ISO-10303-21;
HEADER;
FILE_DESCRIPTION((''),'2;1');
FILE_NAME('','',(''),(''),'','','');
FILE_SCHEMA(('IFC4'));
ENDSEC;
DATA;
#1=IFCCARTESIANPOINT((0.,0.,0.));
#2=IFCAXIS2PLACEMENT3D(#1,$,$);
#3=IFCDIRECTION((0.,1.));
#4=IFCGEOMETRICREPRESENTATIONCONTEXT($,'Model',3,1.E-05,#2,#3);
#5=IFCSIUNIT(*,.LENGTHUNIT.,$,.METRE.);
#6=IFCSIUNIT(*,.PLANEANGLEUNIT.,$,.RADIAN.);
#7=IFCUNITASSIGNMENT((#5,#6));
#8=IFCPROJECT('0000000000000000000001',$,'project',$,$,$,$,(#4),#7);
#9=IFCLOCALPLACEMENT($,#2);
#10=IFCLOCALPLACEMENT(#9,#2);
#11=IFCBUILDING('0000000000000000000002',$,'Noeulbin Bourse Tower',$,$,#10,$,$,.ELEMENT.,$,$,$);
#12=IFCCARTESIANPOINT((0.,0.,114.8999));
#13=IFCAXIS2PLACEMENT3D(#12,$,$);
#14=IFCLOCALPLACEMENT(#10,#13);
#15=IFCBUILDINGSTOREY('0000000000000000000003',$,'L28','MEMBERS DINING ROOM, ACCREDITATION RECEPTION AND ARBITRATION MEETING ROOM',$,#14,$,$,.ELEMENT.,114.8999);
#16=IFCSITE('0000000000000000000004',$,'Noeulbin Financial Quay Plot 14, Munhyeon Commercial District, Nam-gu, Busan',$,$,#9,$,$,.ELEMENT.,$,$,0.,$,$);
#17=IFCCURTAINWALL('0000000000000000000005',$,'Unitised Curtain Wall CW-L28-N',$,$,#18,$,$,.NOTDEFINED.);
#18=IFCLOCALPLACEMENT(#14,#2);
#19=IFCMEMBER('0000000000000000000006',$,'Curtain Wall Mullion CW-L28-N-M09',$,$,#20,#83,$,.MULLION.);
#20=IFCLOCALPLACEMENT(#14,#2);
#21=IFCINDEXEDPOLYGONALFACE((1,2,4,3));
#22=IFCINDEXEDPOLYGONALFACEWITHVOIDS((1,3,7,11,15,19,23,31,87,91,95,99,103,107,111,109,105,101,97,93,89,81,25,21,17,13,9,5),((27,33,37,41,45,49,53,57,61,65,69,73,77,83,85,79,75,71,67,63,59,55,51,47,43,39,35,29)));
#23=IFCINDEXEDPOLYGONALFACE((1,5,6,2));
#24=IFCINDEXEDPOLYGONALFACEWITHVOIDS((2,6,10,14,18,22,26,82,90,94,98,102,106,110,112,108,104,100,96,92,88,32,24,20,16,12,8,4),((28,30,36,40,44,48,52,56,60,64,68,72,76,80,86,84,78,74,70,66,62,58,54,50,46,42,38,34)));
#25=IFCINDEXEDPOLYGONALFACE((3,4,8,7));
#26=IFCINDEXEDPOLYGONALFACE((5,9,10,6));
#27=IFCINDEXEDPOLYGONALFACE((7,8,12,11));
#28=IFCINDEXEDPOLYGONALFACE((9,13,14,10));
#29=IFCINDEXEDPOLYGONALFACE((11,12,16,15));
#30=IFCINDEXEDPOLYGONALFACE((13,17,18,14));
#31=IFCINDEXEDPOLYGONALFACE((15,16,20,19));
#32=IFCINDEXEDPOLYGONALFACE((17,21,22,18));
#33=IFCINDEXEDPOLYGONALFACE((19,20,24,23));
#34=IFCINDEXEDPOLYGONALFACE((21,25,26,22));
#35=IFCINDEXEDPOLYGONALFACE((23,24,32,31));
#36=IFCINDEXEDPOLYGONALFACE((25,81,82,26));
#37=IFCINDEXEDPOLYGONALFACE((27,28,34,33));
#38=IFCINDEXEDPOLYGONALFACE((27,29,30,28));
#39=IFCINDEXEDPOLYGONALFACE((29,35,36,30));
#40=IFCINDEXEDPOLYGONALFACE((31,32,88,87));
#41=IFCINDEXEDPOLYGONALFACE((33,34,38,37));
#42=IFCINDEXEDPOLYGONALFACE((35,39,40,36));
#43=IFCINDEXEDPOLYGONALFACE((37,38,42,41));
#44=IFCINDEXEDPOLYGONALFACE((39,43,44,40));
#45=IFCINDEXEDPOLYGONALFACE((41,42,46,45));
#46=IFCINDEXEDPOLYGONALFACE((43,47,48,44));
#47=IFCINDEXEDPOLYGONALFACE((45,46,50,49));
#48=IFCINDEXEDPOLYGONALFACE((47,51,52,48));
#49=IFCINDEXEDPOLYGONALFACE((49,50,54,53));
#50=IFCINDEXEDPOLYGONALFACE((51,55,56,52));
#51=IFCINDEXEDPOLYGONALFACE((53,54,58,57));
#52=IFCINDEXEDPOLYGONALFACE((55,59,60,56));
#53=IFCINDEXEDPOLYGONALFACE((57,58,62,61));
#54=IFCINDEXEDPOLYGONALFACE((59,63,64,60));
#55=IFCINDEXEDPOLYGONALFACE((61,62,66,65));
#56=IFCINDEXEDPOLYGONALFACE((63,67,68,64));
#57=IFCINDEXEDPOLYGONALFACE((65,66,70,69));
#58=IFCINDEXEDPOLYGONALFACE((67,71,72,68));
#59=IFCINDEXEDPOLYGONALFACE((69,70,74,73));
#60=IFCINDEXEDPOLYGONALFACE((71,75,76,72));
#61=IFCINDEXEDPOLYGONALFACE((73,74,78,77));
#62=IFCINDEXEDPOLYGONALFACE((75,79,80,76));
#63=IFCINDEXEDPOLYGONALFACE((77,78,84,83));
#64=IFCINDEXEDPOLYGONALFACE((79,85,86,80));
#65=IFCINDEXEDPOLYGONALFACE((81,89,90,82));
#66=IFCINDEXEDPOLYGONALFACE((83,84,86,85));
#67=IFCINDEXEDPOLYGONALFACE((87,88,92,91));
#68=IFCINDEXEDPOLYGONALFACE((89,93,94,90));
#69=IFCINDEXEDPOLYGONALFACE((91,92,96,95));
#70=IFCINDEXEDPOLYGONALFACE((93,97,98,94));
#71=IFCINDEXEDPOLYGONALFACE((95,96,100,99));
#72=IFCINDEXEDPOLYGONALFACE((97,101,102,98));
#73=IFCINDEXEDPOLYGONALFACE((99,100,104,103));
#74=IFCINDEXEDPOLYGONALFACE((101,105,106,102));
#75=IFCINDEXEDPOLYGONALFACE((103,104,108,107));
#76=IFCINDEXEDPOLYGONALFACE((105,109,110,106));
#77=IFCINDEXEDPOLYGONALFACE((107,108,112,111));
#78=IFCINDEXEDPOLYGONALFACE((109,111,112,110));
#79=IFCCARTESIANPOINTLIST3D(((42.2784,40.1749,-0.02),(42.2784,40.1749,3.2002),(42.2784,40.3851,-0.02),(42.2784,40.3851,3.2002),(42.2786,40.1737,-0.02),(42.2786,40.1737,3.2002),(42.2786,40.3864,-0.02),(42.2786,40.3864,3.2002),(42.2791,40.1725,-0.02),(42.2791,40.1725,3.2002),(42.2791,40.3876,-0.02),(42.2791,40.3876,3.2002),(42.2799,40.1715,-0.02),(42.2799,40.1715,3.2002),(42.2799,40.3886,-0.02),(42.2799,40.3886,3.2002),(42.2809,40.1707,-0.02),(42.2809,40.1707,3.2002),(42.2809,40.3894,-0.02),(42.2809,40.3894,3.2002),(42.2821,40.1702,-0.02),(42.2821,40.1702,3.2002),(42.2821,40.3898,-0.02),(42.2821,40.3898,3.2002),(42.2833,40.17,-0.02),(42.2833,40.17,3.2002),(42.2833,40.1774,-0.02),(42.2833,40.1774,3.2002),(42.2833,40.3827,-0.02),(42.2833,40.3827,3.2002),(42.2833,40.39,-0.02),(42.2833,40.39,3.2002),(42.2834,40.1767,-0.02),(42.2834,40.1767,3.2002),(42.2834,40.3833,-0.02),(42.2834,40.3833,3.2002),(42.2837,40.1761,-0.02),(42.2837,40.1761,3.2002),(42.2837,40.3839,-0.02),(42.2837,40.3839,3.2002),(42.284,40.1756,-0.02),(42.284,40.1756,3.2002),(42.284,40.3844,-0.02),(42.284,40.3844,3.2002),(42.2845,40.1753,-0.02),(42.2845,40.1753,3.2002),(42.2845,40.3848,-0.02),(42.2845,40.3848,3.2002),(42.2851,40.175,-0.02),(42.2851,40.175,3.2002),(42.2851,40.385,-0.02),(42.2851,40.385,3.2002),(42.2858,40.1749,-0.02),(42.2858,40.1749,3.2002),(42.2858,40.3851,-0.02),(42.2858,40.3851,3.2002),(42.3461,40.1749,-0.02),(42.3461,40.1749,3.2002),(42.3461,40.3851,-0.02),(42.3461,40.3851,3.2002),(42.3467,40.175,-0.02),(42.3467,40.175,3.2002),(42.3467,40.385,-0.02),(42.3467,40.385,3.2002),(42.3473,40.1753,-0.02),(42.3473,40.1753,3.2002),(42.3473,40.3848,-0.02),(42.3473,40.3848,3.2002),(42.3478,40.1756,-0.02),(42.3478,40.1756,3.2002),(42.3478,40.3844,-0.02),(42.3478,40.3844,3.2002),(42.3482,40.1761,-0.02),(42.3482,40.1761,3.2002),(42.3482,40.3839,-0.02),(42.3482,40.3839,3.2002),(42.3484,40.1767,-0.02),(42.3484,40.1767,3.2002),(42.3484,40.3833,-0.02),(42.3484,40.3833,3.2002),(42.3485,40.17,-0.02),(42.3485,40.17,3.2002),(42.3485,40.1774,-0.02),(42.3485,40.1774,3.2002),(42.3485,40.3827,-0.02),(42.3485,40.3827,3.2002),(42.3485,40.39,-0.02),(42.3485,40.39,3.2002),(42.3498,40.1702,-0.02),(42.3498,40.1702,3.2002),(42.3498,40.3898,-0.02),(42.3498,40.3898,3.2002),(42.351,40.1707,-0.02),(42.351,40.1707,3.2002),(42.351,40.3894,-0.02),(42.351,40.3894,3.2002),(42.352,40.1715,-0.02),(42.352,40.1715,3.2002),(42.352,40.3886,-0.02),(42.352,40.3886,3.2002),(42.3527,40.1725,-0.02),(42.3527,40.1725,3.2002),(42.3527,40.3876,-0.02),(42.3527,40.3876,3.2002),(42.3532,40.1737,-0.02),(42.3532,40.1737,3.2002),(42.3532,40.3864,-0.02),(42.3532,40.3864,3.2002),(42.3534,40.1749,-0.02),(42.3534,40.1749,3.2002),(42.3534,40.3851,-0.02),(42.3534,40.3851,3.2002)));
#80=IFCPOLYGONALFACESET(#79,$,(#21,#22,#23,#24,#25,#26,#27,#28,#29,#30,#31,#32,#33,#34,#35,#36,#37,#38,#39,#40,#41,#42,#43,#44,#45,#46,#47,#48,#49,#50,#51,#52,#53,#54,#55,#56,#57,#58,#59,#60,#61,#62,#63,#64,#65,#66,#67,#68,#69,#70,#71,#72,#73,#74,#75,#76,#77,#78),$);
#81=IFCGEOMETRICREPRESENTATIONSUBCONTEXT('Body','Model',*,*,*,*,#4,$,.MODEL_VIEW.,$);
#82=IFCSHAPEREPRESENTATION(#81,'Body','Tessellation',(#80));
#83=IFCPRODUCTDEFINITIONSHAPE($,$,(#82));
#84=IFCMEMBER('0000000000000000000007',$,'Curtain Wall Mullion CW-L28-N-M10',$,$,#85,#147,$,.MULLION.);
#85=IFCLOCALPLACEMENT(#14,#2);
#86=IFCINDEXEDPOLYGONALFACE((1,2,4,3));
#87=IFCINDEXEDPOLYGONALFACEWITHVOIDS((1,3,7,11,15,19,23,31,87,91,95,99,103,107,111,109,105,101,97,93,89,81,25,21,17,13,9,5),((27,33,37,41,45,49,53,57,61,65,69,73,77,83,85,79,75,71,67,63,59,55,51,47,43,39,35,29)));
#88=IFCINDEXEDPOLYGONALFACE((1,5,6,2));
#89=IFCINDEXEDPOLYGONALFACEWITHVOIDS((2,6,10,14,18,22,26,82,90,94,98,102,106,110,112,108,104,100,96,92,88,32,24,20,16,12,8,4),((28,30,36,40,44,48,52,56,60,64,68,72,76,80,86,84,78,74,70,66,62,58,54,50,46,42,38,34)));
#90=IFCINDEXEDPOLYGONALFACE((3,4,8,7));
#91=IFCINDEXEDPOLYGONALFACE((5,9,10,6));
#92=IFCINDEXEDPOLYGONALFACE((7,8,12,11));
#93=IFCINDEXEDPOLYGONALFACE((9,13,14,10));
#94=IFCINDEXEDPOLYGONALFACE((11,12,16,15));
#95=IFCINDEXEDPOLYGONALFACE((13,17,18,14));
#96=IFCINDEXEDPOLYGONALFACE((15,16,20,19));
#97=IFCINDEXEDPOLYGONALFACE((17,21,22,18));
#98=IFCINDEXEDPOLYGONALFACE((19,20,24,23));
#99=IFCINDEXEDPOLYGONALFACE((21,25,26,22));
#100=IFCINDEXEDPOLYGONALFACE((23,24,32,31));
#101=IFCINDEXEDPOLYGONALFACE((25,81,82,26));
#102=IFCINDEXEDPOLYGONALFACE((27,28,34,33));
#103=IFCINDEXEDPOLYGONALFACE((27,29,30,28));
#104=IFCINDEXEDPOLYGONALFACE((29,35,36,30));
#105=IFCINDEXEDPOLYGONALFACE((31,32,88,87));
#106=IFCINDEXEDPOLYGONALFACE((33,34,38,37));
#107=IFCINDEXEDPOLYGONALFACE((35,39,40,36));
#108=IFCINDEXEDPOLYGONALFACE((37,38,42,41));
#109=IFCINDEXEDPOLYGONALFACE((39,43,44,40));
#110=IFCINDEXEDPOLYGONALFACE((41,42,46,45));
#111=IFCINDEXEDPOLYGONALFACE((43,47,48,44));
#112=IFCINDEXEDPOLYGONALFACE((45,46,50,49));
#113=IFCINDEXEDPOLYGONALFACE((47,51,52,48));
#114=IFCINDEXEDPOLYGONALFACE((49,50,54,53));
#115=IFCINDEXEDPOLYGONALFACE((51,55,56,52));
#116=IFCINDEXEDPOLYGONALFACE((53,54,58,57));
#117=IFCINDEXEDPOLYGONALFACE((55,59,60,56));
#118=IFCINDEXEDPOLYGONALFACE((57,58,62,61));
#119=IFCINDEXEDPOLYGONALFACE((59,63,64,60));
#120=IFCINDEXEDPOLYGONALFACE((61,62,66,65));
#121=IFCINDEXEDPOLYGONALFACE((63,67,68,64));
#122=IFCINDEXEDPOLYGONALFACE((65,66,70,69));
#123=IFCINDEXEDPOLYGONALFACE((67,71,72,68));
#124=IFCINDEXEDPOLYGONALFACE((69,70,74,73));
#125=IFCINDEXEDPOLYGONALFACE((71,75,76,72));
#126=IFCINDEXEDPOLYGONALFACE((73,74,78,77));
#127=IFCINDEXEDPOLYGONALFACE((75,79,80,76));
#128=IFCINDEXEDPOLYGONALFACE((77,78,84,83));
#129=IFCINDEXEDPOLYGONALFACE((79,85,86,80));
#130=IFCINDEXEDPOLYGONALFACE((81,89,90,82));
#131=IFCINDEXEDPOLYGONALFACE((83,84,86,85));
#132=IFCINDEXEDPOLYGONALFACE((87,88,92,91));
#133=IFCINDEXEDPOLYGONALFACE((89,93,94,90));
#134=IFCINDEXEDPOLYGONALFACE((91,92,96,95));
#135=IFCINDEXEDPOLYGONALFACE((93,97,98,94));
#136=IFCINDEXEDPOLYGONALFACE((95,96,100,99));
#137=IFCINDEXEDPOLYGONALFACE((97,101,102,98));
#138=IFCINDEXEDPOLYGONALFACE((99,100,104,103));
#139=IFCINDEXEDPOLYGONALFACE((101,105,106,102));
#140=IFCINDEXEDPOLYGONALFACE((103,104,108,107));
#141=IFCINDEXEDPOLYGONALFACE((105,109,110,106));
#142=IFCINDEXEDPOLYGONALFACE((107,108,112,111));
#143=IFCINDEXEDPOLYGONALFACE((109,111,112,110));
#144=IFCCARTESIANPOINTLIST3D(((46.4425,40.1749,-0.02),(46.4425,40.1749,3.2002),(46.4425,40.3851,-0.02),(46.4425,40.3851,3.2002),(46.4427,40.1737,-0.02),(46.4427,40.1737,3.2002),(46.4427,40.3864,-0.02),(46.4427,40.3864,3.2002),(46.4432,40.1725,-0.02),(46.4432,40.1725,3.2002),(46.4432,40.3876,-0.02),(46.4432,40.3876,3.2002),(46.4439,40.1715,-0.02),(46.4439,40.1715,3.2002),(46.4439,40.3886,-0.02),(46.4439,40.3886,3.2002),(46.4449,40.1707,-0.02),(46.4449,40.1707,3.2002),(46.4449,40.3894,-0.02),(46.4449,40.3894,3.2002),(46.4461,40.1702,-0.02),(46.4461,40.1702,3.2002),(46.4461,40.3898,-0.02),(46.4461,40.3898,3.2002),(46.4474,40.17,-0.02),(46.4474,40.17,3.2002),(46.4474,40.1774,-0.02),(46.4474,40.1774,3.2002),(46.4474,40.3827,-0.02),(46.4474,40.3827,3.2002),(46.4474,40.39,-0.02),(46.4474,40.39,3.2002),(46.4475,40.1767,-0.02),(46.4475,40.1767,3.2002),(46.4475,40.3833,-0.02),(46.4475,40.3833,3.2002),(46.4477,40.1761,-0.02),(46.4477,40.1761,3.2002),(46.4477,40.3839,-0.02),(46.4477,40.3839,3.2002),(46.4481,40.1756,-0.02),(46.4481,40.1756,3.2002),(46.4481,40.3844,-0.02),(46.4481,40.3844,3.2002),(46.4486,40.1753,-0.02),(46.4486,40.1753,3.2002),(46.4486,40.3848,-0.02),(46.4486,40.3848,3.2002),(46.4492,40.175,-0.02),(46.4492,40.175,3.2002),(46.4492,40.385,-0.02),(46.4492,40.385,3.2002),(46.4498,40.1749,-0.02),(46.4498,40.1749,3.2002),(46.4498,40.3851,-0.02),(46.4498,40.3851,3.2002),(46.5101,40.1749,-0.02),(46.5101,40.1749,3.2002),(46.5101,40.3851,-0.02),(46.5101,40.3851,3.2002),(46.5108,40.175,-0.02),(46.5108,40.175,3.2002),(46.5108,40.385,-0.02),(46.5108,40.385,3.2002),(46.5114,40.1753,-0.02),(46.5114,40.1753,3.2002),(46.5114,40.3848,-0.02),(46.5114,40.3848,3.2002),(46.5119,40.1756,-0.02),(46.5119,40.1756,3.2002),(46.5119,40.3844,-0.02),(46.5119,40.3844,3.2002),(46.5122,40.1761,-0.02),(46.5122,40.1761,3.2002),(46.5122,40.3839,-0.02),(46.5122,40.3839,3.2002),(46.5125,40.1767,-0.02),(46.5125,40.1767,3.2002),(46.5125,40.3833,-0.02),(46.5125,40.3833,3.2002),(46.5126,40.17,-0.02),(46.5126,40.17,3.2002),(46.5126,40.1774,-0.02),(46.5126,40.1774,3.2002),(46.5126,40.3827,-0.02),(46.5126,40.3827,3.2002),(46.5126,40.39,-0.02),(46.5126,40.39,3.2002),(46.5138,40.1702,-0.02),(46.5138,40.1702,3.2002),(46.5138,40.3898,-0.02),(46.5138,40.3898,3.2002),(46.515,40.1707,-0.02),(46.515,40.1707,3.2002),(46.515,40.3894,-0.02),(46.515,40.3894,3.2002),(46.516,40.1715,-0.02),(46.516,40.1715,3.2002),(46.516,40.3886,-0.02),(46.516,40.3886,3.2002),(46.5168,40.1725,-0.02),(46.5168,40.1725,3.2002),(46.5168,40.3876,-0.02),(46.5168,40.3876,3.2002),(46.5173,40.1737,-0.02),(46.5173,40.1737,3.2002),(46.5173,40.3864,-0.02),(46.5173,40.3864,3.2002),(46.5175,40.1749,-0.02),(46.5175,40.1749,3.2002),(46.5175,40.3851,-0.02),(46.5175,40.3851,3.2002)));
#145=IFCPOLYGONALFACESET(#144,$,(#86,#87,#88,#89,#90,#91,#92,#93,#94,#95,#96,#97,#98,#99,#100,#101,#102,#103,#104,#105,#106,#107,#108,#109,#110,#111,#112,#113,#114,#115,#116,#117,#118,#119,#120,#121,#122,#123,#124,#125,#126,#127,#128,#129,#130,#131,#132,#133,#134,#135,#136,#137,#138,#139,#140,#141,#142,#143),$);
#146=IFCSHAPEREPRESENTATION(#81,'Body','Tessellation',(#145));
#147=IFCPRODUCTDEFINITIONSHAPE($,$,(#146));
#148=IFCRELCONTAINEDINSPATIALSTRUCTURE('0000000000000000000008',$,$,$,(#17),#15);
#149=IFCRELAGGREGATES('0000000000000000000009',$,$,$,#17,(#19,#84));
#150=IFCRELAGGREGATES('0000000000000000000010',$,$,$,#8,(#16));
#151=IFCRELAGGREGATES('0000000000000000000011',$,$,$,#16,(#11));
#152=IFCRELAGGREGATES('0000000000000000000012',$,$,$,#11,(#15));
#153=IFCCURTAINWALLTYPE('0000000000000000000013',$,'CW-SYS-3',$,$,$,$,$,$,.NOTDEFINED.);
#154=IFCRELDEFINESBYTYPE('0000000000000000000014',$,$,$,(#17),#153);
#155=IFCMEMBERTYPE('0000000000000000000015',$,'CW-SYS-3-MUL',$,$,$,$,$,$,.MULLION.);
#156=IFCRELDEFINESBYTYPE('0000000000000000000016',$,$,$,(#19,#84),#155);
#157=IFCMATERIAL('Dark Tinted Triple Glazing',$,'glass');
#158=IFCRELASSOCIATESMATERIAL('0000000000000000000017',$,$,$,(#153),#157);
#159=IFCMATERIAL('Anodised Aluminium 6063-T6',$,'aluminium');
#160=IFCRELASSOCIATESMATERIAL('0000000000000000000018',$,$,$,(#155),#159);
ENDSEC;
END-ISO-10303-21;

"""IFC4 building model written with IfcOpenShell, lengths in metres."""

from ifc_helpers import new_model, si_unit, direction, frame, origin, origin_2d, place, context, subcontext, project, spatial, hollow_rectangle, extrude, material, material_profile, profile_set, type_object, element, aggregate, save


model = new_model("IFC4")

# Units and contexts
model_context = context("Model", 3, precision=1e-05, world=origin(), true_north=direction((0.0, 1.0)))
body_context = subcontext(model_context, "Body", "Model", "MODEL_VIEW")
ifc_project = project(units=[si_unit("LENGTHUNIT", "METRE"), si_unit("PLANEANGLEUNIT", "RADIAN")], contexts=[model_context])

# Site, building, storey
site_placement = place(None, origin())
site = spatial("IfcSite", under=ifc_project, at=site_placement, Name="Noeulbin Financial Quay Plot 14, Munhyeon Commercial District, Nam-gu, Busan", CompositionType="ELEMENT", RefElevation=0.0)
building_placement = place(site_placement, origin())
building = spatial("IfcBuilding", under=site, at=building_placement, Name="Noeulbin Bourse Tower", CompositionType="ELEMENT")
storey_placement = place(building_placement, frame((0.0, 0.0, 114.8999)))
storey = spatial("IfcBuildingStorey", under=building, at=storey_placement, Name="L28", Description="MEMBERS DINING ROOM, ACCREDITATION RECEPTION AND ARBITRATION MEETING ROOM", CompositionType="ELEMENT", Elevation=114.8999)

# Curtain wall, members
ifc_material_1 = material(Name="Dark Tinted Triple Glazing", Category="glass")
curtain_wall_type = type_object("IfcCurtainWallType", Name="CW-SYS-3", PredefinedType="NOTDEFINED", material=ifc_material_1)
curtain_wall_1_placement = place(storey_placement, origin())
curtain_wall_1 = element("IfcCurtainWall", 1, at=curtain_wall_1_placement, inside=storey, type_object=curtain_wall_type, Name="Unitised Curtain Wall CW-L28-N", PredefinedType="NOTDEFINED")
ifc_material_2 = material(Name="Anodised Aluminium 6063-T6", Category="aluminium")
ifc_material_profile_1 = material_profile(ifc_material_2, hollow_rectangle(XDim=0.075, YDim=0.22, WallThickness=0.0049, InnerFilletRadius=0.0024, OuterFilletRadius=0.0049, at=origin_2d()), Name="ALU-MULL-75x220x5", Category="LoadBearing")
ifc_profile_set_1 = profile_set([ifc_material_profile_1], Name="Anodised Aluminium 6063-T6")
member_type_1 = type_object("IfcMemberType", Name="CW-SYS-3-MUL", PredefinedType="MULLION", material=ifc_profile_set_1)
member_1_placement = place(storey_placement, frame((42.3159, 40.28, -0.02), z_axis=(0.0, 0.0, 1.0), x_axis=(1.0, 0.0, 0.0)))
member_1 = element("IfcMember", 2, at=member_1_placement, type_object=member_type_1, Name="Curtain Wall Mullion CW-L28-N-M09", PredefinedType="MULLION", context=body_context, shape_type="SweptSolid", body=[
    extrude(hollow_rectangle(XDim=0.075, YDim=0.22, WallThickness=0.0049, InnerFilletRadius=0.0024, OuterFilletRadius=0.0049, at=origin_2d()), origin(), (0.0, 0.0, 1.0), 3.2202),
])
member_2_placement = place(storey_placement, frame((46.48, 40.28, -0.02), z_axis=(0.0, 0.0, 1.0), x_axis=(1.0, 0.0, 0.0)))
member_2 = element("IfcMember", 3, at=member_2_placement, type_object=member_type_1, Name="Curtain Wall Mullion CW-L28-N-M10", PredefinedType="MULLION", context=body_context, shape_type="SweptSolid", body=[
    extrude(hollow_rectangle(XDim=0.075, YDim=0.22, WallThickness=0.0049, InnerFilletRadius=0.0024, OuterFilletRadius=0.0049, at=origin_2d()), origin(), (0.0, 0.0, 1.0), 3.2202),
])

aggregate(curtain_wall_1, [member_1, member_2])

save(model, "model.ifc")
